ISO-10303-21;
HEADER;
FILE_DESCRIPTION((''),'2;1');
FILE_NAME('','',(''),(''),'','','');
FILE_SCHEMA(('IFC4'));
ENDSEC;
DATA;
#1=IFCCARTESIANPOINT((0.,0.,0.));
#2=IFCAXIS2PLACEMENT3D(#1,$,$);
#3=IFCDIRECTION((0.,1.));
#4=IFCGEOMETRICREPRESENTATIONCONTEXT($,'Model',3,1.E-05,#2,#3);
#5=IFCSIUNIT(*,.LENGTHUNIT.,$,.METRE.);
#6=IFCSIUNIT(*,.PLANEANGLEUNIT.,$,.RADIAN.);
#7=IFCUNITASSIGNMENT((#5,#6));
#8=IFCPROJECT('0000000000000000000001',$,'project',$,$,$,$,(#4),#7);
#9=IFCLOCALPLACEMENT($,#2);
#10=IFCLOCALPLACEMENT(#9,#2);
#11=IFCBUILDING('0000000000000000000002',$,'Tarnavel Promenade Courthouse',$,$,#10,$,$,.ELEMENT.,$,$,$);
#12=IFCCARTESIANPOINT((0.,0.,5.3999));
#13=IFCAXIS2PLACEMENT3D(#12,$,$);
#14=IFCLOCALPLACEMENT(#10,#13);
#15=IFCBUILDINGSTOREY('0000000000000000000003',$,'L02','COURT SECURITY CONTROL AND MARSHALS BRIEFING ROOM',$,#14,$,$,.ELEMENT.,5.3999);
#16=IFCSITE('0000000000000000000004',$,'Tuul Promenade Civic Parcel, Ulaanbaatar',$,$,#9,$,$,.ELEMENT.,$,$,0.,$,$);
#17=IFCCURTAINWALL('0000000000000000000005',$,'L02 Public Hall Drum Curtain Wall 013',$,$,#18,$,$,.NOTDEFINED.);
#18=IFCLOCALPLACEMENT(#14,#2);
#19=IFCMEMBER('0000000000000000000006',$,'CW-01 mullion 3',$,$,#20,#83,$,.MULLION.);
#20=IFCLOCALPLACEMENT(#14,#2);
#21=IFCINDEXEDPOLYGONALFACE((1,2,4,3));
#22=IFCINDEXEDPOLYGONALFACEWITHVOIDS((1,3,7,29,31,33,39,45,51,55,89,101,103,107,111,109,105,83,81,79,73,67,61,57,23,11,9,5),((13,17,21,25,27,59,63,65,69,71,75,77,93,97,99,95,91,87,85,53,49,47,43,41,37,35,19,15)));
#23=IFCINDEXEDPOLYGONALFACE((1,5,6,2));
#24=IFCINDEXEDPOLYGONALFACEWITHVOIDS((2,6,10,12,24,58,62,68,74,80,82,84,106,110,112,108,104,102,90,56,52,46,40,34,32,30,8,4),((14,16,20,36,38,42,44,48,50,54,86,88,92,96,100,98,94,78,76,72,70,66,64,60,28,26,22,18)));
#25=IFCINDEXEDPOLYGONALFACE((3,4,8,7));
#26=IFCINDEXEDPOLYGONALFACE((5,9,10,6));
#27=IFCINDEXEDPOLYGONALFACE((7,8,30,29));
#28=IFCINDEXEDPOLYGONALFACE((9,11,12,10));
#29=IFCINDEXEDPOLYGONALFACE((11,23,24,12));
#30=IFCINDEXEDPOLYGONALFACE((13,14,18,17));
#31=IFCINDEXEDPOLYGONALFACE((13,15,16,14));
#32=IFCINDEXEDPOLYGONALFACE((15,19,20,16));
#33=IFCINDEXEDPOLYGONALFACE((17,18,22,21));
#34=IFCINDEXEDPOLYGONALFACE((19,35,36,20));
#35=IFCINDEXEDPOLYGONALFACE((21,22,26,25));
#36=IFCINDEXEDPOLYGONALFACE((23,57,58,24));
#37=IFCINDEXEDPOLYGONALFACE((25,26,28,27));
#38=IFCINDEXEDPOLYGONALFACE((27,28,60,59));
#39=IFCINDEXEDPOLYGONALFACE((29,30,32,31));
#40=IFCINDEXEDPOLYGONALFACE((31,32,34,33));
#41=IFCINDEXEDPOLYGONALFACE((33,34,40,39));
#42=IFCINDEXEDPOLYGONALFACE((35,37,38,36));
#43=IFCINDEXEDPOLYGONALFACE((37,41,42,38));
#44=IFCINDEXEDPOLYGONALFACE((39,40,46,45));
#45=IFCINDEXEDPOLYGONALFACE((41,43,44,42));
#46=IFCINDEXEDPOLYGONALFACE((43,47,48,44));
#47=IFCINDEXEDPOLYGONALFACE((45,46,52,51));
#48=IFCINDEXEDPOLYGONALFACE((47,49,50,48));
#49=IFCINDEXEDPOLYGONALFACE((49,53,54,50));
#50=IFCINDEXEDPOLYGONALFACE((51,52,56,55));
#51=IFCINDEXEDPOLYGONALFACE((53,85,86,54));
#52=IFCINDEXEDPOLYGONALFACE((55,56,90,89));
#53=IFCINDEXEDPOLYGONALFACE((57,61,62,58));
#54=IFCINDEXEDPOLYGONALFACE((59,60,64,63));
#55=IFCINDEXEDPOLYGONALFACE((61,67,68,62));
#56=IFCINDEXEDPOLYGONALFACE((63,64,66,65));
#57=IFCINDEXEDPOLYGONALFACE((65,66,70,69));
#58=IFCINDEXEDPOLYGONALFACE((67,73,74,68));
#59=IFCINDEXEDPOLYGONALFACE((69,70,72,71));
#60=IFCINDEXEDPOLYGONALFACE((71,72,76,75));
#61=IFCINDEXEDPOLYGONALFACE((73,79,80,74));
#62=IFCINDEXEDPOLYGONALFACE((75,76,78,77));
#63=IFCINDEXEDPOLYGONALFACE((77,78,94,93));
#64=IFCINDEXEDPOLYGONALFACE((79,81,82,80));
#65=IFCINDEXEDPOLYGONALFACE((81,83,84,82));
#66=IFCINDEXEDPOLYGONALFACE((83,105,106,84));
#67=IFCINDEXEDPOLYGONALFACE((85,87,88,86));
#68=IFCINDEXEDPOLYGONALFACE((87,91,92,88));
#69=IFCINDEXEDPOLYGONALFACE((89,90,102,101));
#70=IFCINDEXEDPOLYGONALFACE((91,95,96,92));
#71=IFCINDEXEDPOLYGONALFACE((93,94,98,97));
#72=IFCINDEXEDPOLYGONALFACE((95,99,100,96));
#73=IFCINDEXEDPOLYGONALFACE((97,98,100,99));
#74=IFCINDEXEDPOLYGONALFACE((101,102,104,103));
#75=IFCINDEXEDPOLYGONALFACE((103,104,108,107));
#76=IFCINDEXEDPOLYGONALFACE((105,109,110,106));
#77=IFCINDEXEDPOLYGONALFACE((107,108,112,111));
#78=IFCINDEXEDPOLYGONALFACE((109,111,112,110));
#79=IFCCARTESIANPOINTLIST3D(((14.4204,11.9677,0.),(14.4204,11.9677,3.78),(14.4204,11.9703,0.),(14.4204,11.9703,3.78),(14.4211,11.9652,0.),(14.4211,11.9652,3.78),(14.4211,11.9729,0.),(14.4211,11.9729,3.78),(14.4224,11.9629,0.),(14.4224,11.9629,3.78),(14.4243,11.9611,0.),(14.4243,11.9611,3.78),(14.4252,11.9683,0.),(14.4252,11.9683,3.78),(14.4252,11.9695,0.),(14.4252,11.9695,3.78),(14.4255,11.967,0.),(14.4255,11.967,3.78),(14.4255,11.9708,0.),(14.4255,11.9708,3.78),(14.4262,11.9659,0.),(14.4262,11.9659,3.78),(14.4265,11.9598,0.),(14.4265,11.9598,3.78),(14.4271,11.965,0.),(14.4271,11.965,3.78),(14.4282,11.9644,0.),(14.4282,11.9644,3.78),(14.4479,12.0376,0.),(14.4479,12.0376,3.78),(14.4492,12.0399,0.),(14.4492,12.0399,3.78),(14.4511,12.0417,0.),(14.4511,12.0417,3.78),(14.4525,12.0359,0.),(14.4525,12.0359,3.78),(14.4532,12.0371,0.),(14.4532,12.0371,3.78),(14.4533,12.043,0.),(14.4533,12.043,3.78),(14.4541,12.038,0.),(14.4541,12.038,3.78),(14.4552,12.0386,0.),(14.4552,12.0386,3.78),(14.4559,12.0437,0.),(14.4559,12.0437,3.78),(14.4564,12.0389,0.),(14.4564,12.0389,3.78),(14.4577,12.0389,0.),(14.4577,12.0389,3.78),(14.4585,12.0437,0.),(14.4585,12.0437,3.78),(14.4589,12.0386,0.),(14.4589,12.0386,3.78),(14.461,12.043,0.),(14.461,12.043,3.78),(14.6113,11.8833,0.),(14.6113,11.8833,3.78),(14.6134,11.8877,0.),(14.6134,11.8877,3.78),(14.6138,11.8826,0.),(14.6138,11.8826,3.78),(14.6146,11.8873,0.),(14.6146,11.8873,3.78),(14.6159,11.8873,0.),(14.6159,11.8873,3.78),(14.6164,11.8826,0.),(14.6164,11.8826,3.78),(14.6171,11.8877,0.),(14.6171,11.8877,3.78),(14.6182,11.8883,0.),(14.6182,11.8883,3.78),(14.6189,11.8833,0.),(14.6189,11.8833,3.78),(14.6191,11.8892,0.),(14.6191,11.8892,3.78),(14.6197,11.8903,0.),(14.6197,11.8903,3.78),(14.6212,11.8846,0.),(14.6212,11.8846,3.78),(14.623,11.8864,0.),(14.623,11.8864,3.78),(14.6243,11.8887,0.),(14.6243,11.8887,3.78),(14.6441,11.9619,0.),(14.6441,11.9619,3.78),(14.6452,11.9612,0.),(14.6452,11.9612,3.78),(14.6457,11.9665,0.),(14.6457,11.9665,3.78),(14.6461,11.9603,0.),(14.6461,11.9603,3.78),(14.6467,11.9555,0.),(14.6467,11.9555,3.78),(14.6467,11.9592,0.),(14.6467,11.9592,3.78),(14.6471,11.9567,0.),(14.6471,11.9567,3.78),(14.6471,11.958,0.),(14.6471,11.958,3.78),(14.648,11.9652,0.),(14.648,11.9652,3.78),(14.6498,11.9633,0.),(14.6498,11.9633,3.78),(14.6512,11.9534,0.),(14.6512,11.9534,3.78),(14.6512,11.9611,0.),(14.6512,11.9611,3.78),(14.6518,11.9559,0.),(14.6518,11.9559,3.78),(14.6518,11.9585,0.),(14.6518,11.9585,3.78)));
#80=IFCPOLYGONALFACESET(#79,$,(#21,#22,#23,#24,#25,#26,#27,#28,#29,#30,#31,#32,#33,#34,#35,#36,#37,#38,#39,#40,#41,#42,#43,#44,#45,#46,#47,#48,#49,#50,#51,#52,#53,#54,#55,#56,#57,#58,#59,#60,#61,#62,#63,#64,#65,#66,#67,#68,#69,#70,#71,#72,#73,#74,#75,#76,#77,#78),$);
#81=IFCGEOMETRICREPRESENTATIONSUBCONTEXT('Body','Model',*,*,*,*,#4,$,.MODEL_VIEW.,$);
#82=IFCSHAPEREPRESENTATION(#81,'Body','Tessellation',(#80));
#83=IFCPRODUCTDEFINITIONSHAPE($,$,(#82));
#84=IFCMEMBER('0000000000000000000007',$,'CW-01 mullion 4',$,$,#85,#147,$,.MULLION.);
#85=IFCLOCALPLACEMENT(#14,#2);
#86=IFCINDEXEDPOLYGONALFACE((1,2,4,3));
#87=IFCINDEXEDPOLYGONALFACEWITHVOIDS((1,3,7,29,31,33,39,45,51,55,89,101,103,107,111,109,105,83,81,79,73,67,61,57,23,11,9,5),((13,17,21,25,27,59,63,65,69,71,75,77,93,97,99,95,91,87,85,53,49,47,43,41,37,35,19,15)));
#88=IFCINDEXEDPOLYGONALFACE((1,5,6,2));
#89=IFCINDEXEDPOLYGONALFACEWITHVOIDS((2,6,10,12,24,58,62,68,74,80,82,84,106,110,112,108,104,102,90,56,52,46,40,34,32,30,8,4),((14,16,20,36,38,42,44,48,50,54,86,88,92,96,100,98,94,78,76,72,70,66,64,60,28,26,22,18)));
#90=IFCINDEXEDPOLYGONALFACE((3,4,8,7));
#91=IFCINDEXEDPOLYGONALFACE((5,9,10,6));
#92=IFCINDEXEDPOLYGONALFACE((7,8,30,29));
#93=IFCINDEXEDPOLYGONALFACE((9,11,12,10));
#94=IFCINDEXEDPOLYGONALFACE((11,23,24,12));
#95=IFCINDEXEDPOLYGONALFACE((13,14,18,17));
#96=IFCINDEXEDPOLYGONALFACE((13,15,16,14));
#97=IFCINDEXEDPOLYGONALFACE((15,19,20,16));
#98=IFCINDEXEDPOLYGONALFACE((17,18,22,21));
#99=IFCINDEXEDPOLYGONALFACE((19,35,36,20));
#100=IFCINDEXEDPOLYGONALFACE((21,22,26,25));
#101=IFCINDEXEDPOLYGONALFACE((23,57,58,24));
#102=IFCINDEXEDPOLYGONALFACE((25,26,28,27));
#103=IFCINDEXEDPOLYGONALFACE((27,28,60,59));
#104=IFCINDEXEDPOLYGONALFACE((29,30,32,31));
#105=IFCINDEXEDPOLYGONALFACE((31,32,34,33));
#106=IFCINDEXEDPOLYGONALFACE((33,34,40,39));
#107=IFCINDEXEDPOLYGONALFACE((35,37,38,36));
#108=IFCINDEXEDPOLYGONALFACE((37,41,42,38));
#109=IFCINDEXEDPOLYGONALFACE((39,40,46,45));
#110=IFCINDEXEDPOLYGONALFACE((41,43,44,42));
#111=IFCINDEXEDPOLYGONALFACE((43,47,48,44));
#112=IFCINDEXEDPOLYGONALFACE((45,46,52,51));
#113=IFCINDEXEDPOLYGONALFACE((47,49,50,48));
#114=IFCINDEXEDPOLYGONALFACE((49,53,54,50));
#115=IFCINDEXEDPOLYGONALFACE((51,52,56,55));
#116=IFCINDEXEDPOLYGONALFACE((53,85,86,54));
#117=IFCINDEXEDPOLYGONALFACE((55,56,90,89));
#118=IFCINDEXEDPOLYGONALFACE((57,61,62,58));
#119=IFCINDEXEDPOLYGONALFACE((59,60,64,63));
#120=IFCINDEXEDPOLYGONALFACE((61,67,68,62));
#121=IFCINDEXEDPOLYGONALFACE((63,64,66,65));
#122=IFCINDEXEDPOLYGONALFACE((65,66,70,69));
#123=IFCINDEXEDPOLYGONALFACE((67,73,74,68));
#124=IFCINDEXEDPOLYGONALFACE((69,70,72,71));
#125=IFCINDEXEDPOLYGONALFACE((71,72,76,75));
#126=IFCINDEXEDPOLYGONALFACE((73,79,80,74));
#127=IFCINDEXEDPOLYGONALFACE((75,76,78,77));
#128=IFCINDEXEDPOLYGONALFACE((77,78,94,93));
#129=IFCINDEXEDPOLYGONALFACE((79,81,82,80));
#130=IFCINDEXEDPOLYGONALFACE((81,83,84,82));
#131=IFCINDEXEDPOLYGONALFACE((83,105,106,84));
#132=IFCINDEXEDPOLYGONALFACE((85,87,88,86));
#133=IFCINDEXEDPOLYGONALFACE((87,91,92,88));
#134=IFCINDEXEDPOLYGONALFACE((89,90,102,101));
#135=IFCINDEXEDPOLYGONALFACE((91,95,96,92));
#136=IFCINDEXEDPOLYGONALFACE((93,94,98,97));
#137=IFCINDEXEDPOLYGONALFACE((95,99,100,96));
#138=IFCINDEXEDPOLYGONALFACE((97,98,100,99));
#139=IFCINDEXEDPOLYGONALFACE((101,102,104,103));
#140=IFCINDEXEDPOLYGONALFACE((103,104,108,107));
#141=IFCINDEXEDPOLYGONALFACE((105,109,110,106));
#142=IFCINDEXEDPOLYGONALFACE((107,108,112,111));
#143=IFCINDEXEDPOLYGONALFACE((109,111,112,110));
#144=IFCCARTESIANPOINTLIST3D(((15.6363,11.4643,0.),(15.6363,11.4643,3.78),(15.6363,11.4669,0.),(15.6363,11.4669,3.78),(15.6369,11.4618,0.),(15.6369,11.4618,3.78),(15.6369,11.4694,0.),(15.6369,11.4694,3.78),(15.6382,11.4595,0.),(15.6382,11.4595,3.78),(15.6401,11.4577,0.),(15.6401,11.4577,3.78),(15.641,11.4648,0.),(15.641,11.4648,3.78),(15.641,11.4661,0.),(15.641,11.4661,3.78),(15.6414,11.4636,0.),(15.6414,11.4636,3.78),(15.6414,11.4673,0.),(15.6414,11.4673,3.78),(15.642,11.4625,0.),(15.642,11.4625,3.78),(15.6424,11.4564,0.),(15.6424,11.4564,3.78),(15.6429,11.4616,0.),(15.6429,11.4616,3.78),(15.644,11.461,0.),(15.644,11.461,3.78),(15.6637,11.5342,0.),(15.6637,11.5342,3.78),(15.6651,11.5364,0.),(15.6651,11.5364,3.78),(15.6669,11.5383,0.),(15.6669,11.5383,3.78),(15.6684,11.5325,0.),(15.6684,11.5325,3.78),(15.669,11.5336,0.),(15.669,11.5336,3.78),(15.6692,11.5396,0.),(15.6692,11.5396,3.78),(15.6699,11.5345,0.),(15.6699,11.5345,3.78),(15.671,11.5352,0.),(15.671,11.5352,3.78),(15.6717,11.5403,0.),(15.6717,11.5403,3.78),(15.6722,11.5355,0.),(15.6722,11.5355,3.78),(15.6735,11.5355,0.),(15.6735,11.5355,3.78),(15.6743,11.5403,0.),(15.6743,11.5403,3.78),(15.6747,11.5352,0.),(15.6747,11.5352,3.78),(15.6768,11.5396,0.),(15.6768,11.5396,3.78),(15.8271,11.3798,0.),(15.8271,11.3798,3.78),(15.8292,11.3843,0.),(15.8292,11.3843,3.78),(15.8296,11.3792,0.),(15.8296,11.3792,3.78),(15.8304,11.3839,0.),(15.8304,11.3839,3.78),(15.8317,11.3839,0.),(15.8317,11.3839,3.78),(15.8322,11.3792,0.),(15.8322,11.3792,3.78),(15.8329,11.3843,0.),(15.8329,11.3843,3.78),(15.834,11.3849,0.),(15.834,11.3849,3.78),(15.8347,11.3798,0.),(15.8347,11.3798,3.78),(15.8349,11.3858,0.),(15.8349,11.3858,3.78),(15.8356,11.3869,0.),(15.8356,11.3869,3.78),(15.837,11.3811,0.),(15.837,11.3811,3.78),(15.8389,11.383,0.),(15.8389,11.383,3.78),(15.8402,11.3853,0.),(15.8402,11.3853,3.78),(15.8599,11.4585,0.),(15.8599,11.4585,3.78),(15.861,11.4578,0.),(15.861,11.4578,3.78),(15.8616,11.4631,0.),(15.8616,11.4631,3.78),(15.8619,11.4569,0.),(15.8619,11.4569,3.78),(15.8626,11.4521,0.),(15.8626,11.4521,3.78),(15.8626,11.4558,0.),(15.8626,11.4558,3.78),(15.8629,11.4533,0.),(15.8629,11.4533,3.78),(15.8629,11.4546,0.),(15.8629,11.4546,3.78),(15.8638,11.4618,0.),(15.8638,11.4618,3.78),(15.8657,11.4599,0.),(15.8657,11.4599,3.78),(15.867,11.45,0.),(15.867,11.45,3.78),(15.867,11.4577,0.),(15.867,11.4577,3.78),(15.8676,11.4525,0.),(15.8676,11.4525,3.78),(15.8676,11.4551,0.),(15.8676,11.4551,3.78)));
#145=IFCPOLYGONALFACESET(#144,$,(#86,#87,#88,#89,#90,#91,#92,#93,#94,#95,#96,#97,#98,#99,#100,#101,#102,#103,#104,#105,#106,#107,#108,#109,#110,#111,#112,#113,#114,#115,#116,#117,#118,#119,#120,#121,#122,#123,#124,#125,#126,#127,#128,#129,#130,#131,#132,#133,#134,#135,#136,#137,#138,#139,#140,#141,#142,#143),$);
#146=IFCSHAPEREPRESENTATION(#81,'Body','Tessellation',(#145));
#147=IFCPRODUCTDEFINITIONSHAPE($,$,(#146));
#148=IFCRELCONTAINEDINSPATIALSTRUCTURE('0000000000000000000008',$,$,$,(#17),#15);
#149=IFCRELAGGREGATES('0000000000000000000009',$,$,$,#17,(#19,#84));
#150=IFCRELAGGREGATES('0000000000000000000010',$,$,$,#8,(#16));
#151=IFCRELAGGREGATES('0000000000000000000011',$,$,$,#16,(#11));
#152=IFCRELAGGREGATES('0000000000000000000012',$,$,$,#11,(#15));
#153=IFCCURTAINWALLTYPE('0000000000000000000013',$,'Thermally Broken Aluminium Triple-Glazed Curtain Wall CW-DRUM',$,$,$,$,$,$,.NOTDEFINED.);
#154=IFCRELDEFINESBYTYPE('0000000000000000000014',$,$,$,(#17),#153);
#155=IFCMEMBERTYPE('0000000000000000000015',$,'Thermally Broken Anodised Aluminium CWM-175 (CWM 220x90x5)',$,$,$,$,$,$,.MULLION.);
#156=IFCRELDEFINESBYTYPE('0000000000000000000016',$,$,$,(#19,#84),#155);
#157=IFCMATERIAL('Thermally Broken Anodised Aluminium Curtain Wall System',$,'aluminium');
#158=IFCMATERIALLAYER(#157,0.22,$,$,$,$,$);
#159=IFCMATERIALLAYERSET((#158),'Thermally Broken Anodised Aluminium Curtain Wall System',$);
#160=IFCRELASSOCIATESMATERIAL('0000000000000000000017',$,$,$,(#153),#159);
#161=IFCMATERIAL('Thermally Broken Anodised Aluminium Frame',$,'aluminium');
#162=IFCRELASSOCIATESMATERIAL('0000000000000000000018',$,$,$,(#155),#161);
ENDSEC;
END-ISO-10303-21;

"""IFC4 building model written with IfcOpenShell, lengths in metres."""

from ifc_helpers import new_model, si_unit, direction, frame, origin, origin_2d, place, context, subcontext, project, spatial, hollow_rectangle, extrude, material, layer, layer_set, material_profile, profile_set, type_object, element, aggregate, save


model = new_model("IFC4")

# Units and contexts
model_context = context("Model", 3, precision=1e-05, world=origin(), true_north=direction((0.0, 1.0)))
body_context = subcontext(model_context, "Body", "Model", "MODEL_VIEW")
ifc_project = project(units=[si_unit("LENGTHUNIT", "METRE"), si_unit("PLANEANGLEUNIT", "RADIAN")], contexts=[model_context])

# Site, building, storey
site_placement = place(None, origin())
site = spatial("IfcSite", under=ifc_project, at=site_placement, Name="Tuul Promenade Civic Parcel, Ulaanbaatar", CompositionType="ELEMENT", RefElevation=0.0)
building_placement = place(site_placement, origin())
building = spatial("IfcBuilding", under=site, at=building_placement, Name="Tarnavel Promenade Courthouse", CompositionType="ELEMENT")
storey_placement = place(building_placement, frame((0.0, 0.0, 5.3999)))
storey = spatial("IfcBuildingStorey", under=building, at=storey_placement, Name="L02", Description="COURT SECURITY CONTROL AND MARSHALS BRIEFING ROOM", CompositionType="ELEMENT", Elevation=5.3999)

# Curtain wall, members
ifc_material_1 = material(Name="Thermally Broken Anodised Aluminium Curtain Wall System", Category="aluminium")
ifc_layer_1 = layer(ifc_material_1, 0.22)
ifc_layer_set_1 = layer_set([ifc_layer_1], Name="Thermally Broken Anodised Aluminium Curtain Wall System")
curtain_wall_type = type_object("IfcCurtainWallType", Name="Thermally Broken Aluminium Triple-Glazed Curtain Wall CW-DRUM", PredefinedType="NOTDEFINED", material=ifc_layer_set_1)
curtain_wall_1_placement = place(storey_placement, origin())
curtain_wall_1 = element("IfcCurtainWall", 1, at=curtain_wall_1_placement, inside=storey, type_object=curtain_wall_type, Name="L02 Public Hall Drum Curtain Wall 013", PredefinedType="NOTDEFINED")
ifc_material_2 = material(Name="Thermally Broken Anodised Aluminium Frame", Category="aluminium")
ifc_material_profile_1 = material_profile(ifc_material_2, hollow_rectangle(XDim=0.0901, YDim=0.22, WallThickness=0.0049, InnerFilletRadius=0.0049, OuterFilletRadius=0.01, at=origin_2d()), Name="CWM 220x90x5")
ifc_profile_set_1 = profile_set([ifc_material_profile_1], Name="Thermally Broken Anodised Aluminium Frame")
member_type_1 = type_object("IfcMemberType", Name="Thermally Broken Anodised Aluminium CWM-175 (CWM 220x90x5)", PredefinedType="MULLION", material=ifc_profile_set_1)
member_1_placement = place(storey_placement, frame((14.5361, 11.9631, 0.0), z_axis=(0.0, 0.0, 1.0), x_axis=(0.382685, 0.923879, 0.0)))
member_1 = element("IfcMember", 2, at=member_1_placement, type_object=member_type_1, Name="CW-01 mullion 3", PredefinedType="MULLION", context=body_context, shape_type="SweptSolid", body=[
    extrude(hollow_rectangle(XDim=0.0901, YDim=0.22, WallThickness=0.0049, InnerFilletRadius=0.0049, OuterFilletRadius=0.01, at=origin_2d()), origin(), (0.0, 0.0, 1.0), 3.78),
])
member_2_placement = place(storey_placement, frame((15.752, 11.4597, 0.0), z_axis=(0.0, 0.0, 1.0), x_axis=(0.382685, 0.923879, 0.0)))
member_2 = element("IfcMember", 3, at=member_2_placement, type_object=member_type_1, Name="CW-01 mullion 4", PredefinedType="MULLION", context=body_context, shape_type="SweptSolid", body=[
    extrude(hollow_rectangle(XDim=0.0901, YDim=0.22, WallThickness=0.0049, InnerFilletRadius=0.0049, OuterFilletRadius=0.01, at=origin_2d()), origin(), (0.0, 0.0, 1.0), 3.78),
])

aggregate(curtain_wall_1, [member_1, member_2])

save(model, "model.ifc")
